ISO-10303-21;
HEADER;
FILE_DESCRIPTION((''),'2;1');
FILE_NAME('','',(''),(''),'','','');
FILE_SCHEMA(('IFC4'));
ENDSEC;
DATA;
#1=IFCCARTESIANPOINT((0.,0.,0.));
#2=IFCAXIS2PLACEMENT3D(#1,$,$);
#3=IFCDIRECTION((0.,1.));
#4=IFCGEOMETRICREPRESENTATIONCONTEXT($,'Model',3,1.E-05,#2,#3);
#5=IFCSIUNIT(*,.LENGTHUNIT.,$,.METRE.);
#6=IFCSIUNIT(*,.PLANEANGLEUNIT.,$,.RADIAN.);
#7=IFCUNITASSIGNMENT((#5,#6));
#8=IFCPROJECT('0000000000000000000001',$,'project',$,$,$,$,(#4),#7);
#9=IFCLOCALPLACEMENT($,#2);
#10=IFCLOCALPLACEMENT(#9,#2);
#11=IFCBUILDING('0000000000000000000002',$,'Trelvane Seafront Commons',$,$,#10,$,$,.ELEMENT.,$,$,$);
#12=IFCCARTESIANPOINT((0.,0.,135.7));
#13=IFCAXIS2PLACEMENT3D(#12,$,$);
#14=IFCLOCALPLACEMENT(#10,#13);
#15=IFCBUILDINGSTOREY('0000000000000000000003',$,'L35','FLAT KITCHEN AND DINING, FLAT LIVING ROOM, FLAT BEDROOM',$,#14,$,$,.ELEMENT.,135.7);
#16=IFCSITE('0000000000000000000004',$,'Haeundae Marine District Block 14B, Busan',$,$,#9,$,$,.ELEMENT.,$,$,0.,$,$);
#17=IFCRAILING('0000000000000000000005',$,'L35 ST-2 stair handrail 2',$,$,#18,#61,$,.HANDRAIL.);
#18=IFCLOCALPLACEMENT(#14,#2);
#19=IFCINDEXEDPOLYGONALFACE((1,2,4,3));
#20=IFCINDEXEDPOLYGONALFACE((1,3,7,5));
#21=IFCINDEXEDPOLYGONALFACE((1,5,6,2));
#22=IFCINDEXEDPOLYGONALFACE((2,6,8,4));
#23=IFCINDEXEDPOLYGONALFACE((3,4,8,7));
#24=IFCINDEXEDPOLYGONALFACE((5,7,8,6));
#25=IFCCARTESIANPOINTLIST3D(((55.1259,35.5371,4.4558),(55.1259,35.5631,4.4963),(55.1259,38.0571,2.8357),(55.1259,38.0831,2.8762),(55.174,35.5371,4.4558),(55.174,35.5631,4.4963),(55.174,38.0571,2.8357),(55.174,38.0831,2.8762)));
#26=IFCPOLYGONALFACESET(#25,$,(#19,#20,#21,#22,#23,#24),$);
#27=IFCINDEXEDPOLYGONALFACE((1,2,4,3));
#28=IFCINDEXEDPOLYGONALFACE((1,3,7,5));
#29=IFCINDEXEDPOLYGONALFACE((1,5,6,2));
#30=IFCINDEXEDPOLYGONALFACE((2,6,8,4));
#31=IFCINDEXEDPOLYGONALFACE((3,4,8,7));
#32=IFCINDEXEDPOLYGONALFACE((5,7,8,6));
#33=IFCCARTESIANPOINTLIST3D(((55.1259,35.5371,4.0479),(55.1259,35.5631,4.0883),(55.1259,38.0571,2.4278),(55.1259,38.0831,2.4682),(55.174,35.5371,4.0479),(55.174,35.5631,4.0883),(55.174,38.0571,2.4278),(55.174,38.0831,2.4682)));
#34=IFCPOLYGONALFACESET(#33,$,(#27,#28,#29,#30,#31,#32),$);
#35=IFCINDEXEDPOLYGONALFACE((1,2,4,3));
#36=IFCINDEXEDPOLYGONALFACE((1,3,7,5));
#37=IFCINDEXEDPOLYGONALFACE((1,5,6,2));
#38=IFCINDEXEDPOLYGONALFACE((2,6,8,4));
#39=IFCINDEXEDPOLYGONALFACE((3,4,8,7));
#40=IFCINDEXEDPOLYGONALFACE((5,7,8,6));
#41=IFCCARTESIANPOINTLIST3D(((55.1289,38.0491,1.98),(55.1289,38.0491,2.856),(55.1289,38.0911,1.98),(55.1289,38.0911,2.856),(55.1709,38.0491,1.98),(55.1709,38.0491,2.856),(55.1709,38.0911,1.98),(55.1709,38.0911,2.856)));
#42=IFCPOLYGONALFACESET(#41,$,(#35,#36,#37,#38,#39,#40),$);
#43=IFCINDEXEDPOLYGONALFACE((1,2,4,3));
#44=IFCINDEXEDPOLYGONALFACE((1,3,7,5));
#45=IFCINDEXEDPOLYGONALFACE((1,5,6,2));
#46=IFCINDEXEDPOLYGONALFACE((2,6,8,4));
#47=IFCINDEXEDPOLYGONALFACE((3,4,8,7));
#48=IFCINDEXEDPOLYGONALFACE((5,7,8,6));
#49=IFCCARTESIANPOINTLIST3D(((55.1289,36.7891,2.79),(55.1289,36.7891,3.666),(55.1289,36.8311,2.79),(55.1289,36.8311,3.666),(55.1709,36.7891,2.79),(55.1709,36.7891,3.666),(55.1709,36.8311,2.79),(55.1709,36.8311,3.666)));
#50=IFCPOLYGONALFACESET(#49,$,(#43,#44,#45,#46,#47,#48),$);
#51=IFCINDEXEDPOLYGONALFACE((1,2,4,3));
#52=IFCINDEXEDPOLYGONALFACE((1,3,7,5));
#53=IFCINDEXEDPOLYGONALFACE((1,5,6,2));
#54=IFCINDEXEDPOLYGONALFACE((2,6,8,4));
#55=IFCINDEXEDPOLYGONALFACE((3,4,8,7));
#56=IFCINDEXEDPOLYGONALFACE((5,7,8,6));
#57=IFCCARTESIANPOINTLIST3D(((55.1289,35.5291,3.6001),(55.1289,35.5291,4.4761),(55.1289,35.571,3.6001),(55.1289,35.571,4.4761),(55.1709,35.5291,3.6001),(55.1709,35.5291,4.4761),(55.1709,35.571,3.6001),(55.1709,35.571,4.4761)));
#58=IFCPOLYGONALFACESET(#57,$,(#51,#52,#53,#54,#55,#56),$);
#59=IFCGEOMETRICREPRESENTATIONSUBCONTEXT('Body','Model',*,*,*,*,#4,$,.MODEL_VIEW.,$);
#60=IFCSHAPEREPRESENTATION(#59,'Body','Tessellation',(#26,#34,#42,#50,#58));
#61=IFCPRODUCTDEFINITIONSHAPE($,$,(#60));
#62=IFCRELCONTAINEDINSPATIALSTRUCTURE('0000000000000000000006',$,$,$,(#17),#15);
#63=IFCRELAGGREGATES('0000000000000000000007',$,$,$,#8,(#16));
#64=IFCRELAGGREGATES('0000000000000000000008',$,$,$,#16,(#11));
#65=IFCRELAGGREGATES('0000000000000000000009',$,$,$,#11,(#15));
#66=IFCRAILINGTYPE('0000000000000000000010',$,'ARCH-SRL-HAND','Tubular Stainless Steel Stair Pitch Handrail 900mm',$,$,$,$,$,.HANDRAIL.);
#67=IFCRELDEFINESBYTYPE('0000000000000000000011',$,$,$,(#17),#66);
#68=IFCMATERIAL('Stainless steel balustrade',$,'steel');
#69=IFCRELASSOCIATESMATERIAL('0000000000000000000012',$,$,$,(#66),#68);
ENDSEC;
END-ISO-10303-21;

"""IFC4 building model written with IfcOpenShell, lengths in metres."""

from ifc_helpers import new_model, si_unit, direction, frame, origin, origin_2d, place, context, subcontext, project, spatial, rectangle, extrude, material, type_object, element, save


model = new_model("IFC4")

# Units and contexts
model_context = context("Model", 3, precision=1e-05, world=origin(), true_north=direction((0.0, 1.0)))
body_context = subcontext(model_context, "Body", "Model", "MODEL_VIEW")
ifc_project = project(units=[si_unit("LENGTHUNIT", "METRE"), si_unit("PLANEANGLEUNIT", "RADIAN")], contexts=[model_context])

# Site, building, storey
site_placement = place(None, origin())
site = spatial("IfcSite", under=ifc_project, at=site_placement, Name="Haeundae Marine District Block 14B, Busan", CompositionType="ELEMENT", RefElevation=0.0)
building_placement = place(site_placement, origin())
building = spatial("IfcBuilding", under=site, at=building_placement, Name="Trelvane Seafront Commons", CompositionType="ELEMENT")
storey_placement = place(building_placement, frame((0.0, 0.0, 135.7)))
storey = spatial("IfcBuildingStorey", under=building, at=storey_placement, Name="L35", Description="FLAT KITCHEN AND DINING, FLAT LIVING ROOM, FLAT BEDROOM", CompositionType="ELEMENT", Elevation=135.7)

# Railing
ifc_material_1 = material(Name="Stainless steel balustrade", Category="steel")
railing_type_1 = type_object("IfcRailingType", Name="ARCH-SRL-HAND", Description="Tubular Stainless Steel Stair Pitch Handrail 900mm", PredefinedType="HANDRAIL", material=ifc_material_1)
railing_1_placement = place(storey_placement, frame((55.1499, 38.0701, 1.98)))
element("IfcRailing", 1, at=railing_1_placement, inside=storey, type_object=railing_type_1, Name="L35 ST-2 stair handrail 2", PredefinedType="HANDRAIL", context=body_context, shape_type="SweptSolid", body=[
    extrude(rectangle(XDim=0.0481, YDim=0.0481, at=origin_2d()), frame((0.0, 0.0, 0.876), z_axis=(0.0, -0.841163, 0.540782), x_axis=(1.0, 0.0, 0.0)), (0.0, 0.0, 1.0), 2.9958),
    extrude(rectangle(XDim=0.0481, YDim=0.0481, at=origin_2d()), frame((0.0, 0.0, 0.468), z_axis=(0.0, -0.841163, 0.540782), x_axis=(1.0, 0.0, 0.0)), (0.0, 0.0, 1.0), 2.9958),
    extrude(rectangle(XDim=0.042, YDim=0.042, at=origin_2d()), origin(), (0.0, 0.0, 1.0), 0.876),
    extrude(rectangle(XDim=0.042, YDim=0.042, at=origin_2d()), frame((0.0, -1.26, 0.8101)), (0.0, 0.0, 1.0), 0.876),
    extrude(rectangle(XDim=0.042, YDim=0.042, at=origin_2d()), frame((0.0, -2.52, 1.6201)), (0.0, 0.0, 1.0), 0.876),
])

save(model, "model.ifc")
